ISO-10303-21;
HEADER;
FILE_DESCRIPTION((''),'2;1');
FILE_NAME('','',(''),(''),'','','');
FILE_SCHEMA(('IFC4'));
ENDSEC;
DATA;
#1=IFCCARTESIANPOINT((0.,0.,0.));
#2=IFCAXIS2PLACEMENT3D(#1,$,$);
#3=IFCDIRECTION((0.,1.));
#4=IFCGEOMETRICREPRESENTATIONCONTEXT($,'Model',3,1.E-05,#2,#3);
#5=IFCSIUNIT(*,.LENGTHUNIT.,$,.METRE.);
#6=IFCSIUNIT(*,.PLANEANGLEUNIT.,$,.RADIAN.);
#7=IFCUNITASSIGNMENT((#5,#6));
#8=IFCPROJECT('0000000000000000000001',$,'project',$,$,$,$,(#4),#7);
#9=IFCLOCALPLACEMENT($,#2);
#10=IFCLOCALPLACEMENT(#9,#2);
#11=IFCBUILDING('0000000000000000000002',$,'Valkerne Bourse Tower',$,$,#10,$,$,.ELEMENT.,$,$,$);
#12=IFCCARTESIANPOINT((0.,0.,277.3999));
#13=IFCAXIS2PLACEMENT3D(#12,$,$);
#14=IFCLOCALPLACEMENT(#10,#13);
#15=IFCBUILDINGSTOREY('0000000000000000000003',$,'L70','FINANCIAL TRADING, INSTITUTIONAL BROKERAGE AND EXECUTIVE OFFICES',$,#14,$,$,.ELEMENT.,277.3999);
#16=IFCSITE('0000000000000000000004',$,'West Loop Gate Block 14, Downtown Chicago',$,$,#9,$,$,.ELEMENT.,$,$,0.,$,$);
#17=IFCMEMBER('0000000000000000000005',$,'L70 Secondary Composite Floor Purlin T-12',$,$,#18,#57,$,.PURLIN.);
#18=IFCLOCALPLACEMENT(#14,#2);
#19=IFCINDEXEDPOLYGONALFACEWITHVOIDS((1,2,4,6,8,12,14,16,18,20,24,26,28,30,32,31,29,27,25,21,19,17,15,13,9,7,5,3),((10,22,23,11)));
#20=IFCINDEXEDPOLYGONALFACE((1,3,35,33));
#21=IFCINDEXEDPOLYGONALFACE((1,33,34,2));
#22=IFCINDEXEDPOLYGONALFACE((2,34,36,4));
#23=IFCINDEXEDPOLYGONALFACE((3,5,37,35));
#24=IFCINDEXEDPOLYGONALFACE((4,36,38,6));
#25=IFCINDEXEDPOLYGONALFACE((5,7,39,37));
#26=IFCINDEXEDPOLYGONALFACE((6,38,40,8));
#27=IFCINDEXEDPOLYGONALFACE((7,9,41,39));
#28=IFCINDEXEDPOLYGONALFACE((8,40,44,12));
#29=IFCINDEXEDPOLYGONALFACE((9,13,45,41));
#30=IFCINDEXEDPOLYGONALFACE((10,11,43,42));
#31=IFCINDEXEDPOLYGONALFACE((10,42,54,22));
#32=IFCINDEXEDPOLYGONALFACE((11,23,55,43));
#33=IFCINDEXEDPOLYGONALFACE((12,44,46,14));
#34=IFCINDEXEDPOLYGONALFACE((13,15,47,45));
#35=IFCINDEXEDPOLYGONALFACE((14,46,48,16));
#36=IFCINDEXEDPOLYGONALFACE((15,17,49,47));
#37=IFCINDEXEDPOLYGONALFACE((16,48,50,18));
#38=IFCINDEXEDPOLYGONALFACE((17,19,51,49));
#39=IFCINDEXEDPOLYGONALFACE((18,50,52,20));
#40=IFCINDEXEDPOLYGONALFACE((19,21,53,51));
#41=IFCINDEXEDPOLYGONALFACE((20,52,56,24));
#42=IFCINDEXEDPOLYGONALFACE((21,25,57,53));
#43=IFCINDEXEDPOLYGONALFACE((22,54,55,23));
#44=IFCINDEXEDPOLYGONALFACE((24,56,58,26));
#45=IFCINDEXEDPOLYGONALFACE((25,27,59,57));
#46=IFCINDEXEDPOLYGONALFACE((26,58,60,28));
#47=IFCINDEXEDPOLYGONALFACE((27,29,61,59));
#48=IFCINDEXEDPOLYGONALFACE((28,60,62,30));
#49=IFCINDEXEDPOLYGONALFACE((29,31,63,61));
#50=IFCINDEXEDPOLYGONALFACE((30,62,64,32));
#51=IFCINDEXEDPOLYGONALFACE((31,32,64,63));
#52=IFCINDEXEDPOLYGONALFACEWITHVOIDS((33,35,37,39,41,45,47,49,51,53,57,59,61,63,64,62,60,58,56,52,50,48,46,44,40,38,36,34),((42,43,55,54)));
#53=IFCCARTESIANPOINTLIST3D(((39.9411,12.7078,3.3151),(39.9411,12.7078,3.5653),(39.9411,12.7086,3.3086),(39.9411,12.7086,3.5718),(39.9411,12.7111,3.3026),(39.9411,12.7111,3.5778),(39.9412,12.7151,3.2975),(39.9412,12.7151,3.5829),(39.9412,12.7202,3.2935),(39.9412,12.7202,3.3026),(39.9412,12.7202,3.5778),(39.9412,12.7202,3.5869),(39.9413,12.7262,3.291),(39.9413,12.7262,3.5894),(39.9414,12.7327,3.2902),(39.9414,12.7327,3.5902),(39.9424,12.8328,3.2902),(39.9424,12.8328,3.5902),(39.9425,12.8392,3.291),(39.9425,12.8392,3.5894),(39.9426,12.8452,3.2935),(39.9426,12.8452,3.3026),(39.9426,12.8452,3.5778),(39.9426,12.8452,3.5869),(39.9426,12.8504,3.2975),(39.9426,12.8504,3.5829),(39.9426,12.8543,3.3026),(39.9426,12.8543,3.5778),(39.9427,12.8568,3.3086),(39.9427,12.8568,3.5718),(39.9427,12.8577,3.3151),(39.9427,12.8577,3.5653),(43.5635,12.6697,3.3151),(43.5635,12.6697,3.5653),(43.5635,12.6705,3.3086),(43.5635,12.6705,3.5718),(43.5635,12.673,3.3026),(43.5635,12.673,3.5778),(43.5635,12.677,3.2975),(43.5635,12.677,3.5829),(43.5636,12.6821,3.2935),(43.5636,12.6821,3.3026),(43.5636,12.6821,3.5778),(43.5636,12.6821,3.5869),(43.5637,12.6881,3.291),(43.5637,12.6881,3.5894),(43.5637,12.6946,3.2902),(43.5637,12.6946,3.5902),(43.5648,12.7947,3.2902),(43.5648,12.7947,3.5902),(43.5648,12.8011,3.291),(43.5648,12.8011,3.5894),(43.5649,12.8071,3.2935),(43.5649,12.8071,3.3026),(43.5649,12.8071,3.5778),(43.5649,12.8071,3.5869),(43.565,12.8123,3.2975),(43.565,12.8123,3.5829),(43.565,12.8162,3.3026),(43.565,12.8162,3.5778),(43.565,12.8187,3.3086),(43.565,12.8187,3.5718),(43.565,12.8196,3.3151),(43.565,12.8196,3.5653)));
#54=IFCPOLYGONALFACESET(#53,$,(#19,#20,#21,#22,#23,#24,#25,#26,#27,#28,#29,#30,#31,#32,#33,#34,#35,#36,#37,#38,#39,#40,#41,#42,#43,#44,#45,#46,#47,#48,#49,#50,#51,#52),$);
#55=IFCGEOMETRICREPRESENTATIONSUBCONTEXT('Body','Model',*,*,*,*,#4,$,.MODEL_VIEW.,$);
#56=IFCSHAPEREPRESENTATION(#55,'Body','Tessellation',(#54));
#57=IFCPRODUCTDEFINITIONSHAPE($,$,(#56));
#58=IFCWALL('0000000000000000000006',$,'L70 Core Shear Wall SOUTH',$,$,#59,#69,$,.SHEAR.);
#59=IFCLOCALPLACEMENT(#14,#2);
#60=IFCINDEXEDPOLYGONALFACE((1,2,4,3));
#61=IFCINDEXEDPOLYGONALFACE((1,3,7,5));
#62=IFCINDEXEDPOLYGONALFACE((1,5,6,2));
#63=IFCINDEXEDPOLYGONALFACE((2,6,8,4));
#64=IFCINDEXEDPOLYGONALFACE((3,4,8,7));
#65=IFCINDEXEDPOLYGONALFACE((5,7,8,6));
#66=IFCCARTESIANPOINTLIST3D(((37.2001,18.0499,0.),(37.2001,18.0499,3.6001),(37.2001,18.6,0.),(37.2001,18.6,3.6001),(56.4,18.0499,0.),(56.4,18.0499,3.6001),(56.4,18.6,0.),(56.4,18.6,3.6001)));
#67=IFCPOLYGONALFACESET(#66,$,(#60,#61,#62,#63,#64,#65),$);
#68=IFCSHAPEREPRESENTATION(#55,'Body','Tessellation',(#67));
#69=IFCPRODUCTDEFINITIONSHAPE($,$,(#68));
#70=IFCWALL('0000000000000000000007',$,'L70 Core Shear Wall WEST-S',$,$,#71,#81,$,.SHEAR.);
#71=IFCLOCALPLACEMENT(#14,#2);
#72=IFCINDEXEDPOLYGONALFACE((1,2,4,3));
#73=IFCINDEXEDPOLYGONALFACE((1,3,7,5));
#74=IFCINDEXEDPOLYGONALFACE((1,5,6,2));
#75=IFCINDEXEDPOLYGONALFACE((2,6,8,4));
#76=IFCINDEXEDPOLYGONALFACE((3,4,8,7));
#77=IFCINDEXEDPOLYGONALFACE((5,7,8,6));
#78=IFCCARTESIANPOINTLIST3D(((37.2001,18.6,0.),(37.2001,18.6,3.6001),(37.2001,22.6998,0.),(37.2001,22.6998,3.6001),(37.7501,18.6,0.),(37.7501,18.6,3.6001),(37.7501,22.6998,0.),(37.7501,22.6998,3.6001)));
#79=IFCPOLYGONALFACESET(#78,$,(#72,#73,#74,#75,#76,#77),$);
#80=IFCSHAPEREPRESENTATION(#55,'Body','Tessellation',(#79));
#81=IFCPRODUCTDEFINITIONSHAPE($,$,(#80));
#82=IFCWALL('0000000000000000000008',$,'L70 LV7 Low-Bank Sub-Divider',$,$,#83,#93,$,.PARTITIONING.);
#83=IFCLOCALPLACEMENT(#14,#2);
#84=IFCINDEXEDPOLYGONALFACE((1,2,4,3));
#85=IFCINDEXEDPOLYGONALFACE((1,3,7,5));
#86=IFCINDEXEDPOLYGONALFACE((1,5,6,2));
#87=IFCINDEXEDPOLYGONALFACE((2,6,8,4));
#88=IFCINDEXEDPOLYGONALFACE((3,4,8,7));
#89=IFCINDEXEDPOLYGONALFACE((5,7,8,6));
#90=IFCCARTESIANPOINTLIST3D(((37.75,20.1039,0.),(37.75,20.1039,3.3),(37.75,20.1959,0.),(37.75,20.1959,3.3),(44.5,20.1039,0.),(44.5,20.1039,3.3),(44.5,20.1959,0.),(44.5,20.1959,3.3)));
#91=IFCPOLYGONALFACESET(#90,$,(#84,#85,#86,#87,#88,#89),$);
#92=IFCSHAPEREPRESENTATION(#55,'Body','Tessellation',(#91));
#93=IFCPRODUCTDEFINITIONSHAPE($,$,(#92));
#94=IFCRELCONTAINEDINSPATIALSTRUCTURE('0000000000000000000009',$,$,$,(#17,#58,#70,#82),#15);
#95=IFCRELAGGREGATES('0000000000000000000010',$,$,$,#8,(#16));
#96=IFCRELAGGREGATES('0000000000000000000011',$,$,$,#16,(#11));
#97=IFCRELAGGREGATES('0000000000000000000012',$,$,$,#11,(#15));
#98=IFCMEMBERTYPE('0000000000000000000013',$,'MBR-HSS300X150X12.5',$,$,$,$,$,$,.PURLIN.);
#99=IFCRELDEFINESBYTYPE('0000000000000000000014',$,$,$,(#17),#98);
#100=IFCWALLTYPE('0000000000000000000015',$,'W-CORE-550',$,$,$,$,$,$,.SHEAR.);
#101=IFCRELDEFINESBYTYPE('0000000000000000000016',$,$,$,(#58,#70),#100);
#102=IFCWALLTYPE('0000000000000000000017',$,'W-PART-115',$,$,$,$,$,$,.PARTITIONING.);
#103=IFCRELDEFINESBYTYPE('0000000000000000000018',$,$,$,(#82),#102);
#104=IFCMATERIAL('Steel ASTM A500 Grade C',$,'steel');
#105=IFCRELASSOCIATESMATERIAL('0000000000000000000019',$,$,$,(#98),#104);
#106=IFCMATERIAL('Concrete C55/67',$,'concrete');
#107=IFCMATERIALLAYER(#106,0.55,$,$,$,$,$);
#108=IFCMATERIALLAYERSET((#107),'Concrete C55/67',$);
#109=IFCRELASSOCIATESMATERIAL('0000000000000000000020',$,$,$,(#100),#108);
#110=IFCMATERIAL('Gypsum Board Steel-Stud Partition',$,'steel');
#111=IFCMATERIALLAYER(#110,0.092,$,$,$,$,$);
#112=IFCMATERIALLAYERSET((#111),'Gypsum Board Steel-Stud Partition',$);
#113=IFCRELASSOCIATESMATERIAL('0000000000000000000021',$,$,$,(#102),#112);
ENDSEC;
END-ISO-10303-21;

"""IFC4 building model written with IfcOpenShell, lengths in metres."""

from ifc_helpers import new_model, si_unit, direction, frame, frame_2d, origin, origin_2d, place, context, subcontext, project, spatial, rectangle, hollow_rectangle, extrude, material, layer, layer_set, material_profile, profile_set, type_object, element, save


model = new_model("IFC4")

# Units and contexts
model_context = context("Model", 3, precision=1e-05, world=origin(), true_north=direction((0.0, 1.0)))
body_context = subcontext(model_context, "Body", "Model", "MODEL_VIEW")
ifc_project = project(units=[si_unit("LENGTHUNIT", "METRE"), si_unit("PLANEANGLEUNIT", "RADIAN")], contexts=[model_context])

# Site, building, storey
site_placement = place(None, origin())
site = spatial("IfcSite", under=ifc_project, at=site_placement, Name="West Loop Gate Block 14, Downtown Chicago", CompositionType="ELEMENT", RefElevation=0.0)
building_placement = place(site_placement, origin())
building = spatial("IfcBuilding", under=site, at=building_placement, Name="Valkerne Bourse Tower", CompositionType="ELEMENT")
storey_placement = place(building_placement, frame((0.0, 0.0, 277.3999)))
storey = spatial("IfcBuildingStorey", under=building, at=storey_placement, Name="L70", Description="FINANCIAL TRADING, INSTITUTIONAL BROKERAGE AND EXECUTIVE OFFICES", CompositionType="ELEMENT", Elevation=277.3999)

# Member
ifc_material_1 = material(Name="Steel ASTM A500 Grade C", Category="steel")
ifc_material_profile_1 = material_profile(ifc_material_1, hollow_rectangle(XDim=0.1499, YDim=0.3, WallThickness=0.0125, OuterFilletRadius=0.0249, at=origin_2d()), Name="HSS300X150X12.5")
ifc_profile_set_1 = profile_set([ifc_material_profile_1], Name="Steel ASTM A500 Grade C")
member_type_1 = type_object("IfcMemberType", Name="MBR-HSS300X150X12.5", PredefinedType="PURLIN", material=ifc_profile_set_1)
member_1_placement = place(storey_placement, frame((39.9419, 12.7827, 3.4402), z_axis=(0.999945, -0.010514, 0.0), x_axis=(0.010514, 0.999945, 0.0)))
element("IfcMember", 1, at=member_1_placement, inside=storey, type_object=member_type_1, Name="L70 Secondary Composite Floor Purlin T-12", PredefinedType="PURLIN", context=body_context, shape_type="SweptSolid", body=[
    extrude(hollow_rectangle(XDim=0.1499, YDim=0.3, WallThickness=0.0125, OuterFilletRadius=0.0249, at=origin_2d()), origin(), (0.0, 0.0, 1.0), 3.6226),
])

# Walls
ifc_material_2 = material(Name="Concrete C55/67", Category="concrete")
ifc_layer_1 = layer(ifc_material_2, 0.55)
ifc_layer_set_1 = layer_set([ifc_layer_1], Name="Concrete C55/67")
wall_type_1 = type_object("IfcWallType", Name="W-CORE-550", PredefinedType="SHEAR", material=ifc_layer_set_1)
wall_1_placement = place(storey_placement, frame((37.2, 18.325, 0.0), z_axis=(0.0, 0.0, 1.0), x_axis=(1.0, 0.0, 0.0)))
element("IfcWall", 2, at=wall_1_placement, inside=storey, type_object=wall_type_1, Name="L70 Core Shear Wall SOUTH", PredefinedType="SHEAR", context=body_context, shape_type="SweptSolid", body=[
    extrude(rectangle(XDim=19.2, YDim=0.55, at=frame_2d((9.6001, 0.0))), origin(), (0.0, 0.0, 1.0), 3.6001),
])
wall_2_placement = place(storey_placement, frame((37.4751, 18.6001, 0.0), z_axis=(0.0, 0.0, 1.0), x_axis=(0.0, 1.0, 0.0)))
element("IfcWall", 3, at=wall_2_placement, inside=storey, type_object=wall_type_1, Name="L70 Core Shear Wall WEST-S", PredefinedType="SHEAR", context=body_context, shape_type="SweptSolid", body=[
    extrude(rectangle(XDim=4.0999, YDim=0.55, at=frame_2d((2.0498, 0.0))), origin(), (0.0, 0.0, 1.0), 3.6001),
])
ifc_material_3 = material(Name="Gypsum Board Steel-Stud Partition", Category="steel")
ifc_layer_2 = layer(ifc_material_3, 0.092)
ifc_layer_set_2 = layer_set([ifc_layer_2], Name="Gypsum Board Steel-Stud Partition")
wall_type_2 = type_object("IfcWallType", Name="W-PART-115", PredefinedType="PARTITIONING", material=ifc_layer_set_2)
wall_3_placement = place(storey_placement, frame((37.75, 20.1499, 0.0), z_axis=(0.0, 0.0, 1.0), x_axis=(1.0, 0.0, 0.0)))
element("IfcWall", 4, at=wall_3_placement, inside=storey, type_object=wall_type_2, Name="L70 LV7 Low-Bank Sub-Divider", PredefinedType="PARTITIONING", context=body_context, shape_type="SweptSolid", body=[
    extrude(rectangle(XDim=6.75, YDim=0.092, at=frame_2d((3.375, 0.0))), origin(), (0.0, 0.0, 1.0), 3.3),
])

save(model, "model.ifc")
